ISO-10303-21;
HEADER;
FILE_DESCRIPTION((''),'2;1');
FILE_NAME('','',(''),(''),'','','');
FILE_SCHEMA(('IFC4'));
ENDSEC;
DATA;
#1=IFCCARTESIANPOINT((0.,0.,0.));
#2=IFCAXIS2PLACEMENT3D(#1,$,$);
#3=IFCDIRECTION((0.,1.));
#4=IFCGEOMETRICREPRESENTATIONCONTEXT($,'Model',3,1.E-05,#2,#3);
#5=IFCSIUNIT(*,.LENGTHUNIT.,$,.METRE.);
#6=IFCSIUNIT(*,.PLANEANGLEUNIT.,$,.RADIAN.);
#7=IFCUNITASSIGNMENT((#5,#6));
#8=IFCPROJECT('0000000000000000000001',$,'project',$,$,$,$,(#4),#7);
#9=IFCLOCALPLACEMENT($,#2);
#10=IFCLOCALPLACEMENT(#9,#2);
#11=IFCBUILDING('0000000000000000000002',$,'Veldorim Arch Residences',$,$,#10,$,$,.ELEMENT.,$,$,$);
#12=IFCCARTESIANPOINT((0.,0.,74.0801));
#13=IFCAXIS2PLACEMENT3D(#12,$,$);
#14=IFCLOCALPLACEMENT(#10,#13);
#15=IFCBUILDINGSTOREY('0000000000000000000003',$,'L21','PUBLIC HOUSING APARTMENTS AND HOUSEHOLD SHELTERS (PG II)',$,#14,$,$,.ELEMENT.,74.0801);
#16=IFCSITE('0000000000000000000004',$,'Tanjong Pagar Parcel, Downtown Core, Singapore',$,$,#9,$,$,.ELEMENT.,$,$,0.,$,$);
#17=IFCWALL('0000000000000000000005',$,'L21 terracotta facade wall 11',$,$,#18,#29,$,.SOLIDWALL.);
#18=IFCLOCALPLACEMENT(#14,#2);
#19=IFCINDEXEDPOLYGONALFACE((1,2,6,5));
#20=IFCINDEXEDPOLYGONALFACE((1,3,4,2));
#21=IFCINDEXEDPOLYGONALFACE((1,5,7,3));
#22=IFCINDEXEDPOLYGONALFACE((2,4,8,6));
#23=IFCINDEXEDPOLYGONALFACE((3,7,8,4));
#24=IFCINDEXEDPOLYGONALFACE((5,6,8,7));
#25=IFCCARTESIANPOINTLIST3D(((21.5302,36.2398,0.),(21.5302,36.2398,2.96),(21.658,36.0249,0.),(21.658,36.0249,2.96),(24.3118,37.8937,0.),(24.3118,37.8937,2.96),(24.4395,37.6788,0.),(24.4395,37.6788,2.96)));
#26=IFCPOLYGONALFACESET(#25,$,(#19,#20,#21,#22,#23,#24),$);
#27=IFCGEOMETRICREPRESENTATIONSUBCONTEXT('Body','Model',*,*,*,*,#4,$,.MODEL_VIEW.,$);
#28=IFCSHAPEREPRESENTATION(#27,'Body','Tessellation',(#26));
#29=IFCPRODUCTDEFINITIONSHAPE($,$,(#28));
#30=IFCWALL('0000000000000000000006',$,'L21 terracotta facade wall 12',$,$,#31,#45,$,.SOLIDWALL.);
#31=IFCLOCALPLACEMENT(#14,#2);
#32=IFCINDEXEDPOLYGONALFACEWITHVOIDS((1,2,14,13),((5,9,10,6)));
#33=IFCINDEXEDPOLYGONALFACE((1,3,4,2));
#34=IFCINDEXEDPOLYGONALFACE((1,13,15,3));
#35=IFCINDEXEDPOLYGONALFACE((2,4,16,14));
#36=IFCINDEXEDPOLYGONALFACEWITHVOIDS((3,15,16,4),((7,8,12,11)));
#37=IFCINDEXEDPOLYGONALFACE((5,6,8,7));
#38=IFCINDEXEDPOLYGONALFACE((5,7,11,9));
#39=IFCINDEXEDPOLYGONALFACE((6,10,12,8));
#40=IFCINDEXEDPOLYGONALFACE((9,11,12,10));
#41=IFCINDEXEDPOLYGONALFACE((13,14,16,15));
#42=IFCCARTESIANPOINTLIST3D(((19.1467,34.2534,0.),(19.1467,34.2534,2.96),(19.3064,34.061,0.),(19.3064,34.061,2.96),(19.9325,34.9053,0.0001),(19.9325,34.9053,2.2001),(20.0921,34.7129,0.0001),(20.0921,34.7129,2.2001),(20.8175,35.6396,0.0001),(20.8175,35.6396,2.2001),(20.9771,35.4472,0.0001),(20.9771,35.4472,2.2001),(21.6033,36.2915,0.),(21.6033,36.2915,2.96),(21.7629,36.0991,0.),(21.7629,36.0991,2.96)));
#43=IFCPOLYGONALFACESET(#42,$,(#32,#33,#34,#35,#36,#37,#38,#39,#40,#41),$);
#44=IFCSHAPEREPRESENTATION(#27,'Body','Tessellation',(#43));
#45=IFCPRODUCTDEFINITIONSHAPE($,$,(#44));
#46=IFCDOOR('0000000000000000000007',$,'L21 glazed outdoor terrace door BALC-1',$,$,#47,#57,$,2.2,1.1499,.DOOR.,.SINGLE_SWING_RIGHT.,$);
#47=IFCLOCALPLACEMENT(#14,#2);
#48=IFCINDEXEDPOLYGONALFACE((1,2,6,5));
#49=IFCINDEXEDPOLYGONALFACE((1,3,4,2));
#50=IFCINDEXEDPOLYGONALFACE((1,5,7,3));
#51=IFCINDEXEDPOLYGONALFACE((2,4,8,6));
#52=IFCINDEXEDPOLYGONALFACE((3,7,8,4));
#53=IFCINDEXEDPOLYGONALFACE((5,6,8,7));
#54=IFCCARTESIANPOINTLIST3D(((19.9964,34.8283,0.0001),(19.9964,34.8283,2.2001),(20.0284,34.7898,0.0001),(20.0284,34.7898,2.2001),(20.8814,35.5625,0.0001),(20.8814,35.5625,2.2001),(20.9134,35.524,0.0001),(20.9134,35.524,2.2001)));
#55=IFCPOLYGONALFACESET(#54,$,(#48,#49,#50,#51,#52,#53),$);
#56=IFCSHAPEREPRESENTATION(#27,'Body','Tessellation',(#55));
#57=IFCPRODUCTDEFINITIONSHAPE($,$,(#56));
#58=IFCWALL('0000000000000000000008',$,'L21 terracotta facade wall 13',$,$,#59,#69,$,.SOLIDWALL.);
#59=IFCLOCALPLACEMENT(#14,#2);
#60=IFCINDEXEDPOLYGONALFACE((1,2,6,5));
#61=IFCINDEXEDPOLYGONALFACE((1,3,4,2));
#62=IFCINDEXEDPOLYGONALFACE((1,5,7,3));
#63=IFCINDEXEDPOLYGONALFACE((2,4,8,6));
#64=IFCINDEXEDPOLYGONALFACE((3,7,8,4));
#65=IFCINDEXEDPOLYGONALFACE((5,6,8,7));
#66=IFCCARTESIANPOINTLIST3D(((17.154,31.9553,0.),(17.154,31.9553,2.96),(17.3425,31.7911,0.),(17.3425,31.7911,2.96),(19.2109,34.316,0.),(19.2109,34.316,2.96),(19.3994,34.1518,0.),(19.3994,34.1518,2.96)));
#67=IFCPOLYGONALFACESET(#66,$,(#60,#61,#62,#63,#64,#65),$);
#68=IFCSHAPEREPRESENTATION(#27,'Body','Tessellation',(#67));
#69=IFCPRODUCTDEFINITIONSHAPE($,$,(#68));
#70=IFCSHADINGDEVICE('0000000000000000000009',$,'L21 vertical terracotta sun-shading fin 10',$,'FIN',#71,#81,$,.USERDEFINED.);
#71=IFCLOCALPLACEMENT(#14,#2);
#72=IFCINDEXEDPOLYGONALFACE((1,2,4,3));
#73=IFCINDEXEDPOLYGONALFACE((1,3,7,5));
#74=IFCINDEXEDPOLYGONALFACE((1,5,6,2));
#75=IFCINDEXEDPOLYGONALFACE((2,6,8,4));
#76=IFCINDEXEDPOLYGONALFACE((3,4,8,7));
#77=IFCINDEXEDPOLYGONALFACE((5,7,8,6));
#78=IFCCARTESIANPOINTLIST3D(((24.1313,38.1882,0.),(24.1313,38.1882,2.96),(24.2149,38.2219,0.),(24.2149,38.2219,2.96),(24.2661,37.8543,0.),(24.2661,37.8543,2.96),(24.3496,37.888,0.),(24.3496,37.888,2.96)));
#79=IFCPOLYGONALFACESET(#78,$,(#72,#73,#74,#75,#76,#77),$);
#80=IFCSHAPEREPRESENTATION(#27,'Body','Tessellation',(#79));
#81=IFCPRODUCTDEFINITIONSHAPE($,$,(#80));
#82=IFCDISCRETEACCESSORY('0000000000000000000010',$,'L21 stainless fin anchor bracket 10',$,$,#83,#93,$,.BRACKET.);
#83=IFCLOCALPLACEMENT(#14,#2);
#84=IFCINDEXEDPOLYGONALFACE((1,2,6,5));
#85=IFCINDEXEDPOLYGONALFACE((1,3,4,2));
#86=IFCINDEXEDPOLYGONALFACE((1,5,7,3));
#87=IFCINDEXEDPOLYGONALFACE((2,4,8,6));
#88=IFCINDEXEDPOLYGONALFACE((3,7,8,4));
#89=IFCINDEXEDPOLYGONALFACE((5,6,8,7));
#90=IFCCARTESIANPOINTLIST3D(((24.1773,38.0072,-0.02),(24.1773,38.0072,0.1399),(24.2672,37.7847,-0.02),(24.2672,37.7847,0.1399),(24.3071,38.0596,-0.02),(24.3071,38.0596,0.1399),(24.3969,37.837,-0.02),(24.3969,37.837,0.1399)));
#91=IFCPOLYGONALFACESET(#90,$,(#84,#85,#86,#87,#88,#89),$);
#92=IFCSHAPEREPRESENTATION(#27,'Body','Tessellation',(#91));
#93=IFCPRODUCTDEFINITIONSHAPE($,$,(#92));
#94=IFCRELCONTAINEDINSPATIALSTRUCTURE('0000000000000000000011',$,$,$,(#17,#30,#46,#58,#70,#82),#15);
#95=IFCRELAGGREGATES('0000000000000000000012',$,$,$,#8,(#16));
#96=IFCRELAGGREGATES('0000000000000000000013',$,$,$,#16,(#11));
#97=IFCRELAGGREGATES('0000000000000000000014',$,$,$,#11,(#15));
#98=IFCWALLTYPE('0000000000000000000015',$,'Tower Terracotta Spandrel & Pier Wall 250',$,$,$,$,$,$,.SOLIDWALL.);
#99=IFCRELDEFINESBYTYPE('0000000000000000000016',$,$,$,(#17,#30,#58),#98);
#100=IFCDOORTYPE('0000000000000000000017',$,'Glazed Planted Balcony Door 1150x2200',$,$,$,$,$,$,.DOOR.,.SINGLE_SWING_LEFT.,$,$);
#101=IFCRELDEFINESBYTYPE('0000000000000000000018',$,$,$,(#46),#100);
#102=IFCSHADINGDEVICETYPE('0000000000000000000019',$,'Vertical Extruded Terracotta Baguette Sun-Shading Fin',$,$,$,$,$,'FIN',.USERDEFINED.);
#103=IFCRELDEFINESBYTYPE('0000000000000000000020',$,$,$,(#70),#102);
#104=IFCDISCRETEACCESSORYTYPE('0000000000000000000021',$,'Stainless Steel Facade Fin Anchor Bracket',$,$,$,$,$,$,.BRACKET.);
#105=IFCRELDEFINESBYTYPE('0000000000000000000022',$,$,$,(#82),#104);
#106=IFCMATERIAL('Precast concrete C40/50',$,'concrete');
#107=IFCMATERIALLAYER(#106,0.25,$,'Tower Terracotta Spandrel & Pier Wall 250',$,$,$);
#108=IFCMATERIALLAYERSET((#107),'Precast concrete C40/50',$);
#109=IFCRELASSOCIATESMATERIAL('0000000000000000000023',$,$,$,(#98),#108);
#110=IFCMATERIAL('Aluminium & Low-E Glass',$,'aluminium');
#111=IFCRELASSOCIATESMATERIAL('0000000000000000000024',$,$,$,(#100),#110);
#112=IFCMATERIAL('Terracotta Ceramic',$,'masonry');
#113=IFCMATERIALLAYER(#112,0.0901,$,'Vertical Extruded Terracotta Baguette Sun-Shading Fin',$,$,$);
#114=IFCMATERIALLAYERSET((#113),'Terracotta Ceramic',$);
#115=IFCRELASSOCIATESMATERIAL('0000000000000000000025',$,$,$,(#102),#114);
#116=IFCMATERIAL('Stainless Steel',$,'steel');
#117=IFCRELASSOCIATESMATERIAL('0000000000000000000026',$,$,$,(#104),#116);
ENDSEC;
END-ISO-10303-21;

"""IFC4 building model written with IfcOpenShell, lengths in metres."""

from ifc_helpers import new_model, si_unit, direction, frame, frame_2d, origin, origin_2d, place, context, subcontext, project, spatial, rectangle, extrude, material, layer, layer_set, type_object, element, fill, save


model = new_model("IFC4")

# Units and contexts
model_context = context("Model", 3, precision=1e-05, world=origin(), true_north=direction((0.0, 1.0)))
body_context = subcontext(model_context, "Body", "Model", "MODEL_VIEW")
ifc_project = project(units=[si_unit("LENGTHUNIT", "METRE"), si_unit("PLANEANGLEUNIT", "RADIAN")], contexts=[model_context])

# Site, building, storey
site_placement = place(None, origin())
site = spatial("IfcSite", under=ifc_project, at=site_placement, Name="Tanjong Pagar Parcel, Downtown Core, Singapore", CompositionType="ELEMENT", RefElevation=0.0)
building_placement = place(site_placement, origin())
building = spatial("IfcBuilding", under=site, at=building_placement, Name="Veldorim Arch Residences", CompositionType="ELEMENT")
storey_placement = place(building_placement, frame((0.0, 0.0, 74.0801)))
storey = spatial("IfcBuildingStorey", under=building, at=storey_placement, Name="L21", Description="PUBLIC HOUSING APARTMENTS AND HOUSEHOLD SHELTERS (PG II)", CompositionType="ELEMENT", Elevation=74.0801)

# Wall
ifc_material_1 = material(Name="Precast concrete C40/50", Category="concrete")
ifc_layer_1 = layer(ifc_material_1, 0.25, Name="Tower Terracotta Spandrel & Pier Wall 250")
ifc_layer_set_1 = layer_set([ifc_layer_1], Name="Precast concrete C40/50")
wall_type_1 = type_object("IfcWallType", Name="Tower Terracotta Spandrel & Pier Wall 250", PredefinedType="SOLIDWALL", material=ifc_layer_set_1)
wall_1_placement = place(storey_placement, frame((21.594, 36.1323, 0.0), z_axis=(0.0, 0.0, 1.0), x_axis=(0.859543, 0.511063, 0.0)))
element("IfcWall", 1, at=wall_1_placement, inside=storey, type_object=wall_type_1, Name="L21 terracotta facade wall 11", PredefinedType="SOLIDWALL", context=body_context, shape_type="SweptSolid", body=[
    extrude(rectangle(XDim=3.2361, YDim=0.25, at=frame_2d((1.6182, 0.0))), origin(), (0.0, 0.0, 1.0), 2.96),
])

# Wall, opening, door
wall_2_placement = place(storey_placement, frame((19.2266, 34.1572, 0.0), z_axis=(0.0, 0.0, 1.0), x_axis=(0.769611, 0.638513, 0.0)))
wall_2 = element("IfcWall", 2, at=wall_2_placement, inside=storey, type_object=wall_type_1, Name="L21 terracotta facade wall 12", PredefinedType="SOLIDWALL", context=body_context, shape_type="SweptSolid", body=[
    extrude(rectangle(XDim=3.1919, YDim=0.25, at=frame_2d((1.5959, 0.0))), origin(), (0.0, 0.0, 1.0), 2.96),
])
opening_1_placement = place(wall_2_placement, frame((1.021, 0.0, 0.0)))
opening_1 = element("IfcOpeningElement", 3, at=opening_1_placement, cuts=wall_2, PredefinedType="OPENING", context=body_context, shape_type="SweptSolid", body=[
    extrude(rectangle(XDim=1.1499, YDim=2.2, at=frame_2d((0.575, 1.1001))), frame((0.0, 0.135, 0.0), z_axis=(0.0, -1.0, 0.0), x_axis=(1.0, 0.0, 0.0)), (0.0, 0.0, 1.0), 0.27),
])
ifc_material_2 = material(Name="Aluminium & Low-E Glass", Category="aluminium")
door_type_1 = type_object("IfcDoorType", Name="Glazed Planted Balcony Door 1150x2200", OperationType="SINGLE_SWING_LEFT", PredefinedType="DOOR", material=ifc_material_2)
door_1_placement = place(opening_1_placement, origin())
door_1 = element("IfcDoor", 4, at=door_1_placement, inside=storey, type_object=door_type_1, Name="L21 glazed outdoor terrace door BALC-1", OperationType="SINGLE_SWING_RIGHT", OverallHeight=2.2, OverallWidth=1.1499, PredefinedType="DOOR", context=body_context, shape_type="SweptSolid", body=[
    extrude(rectangle(XDim=1.1499, YDim=2.2, at=frame_2d((0.575, 1.1001))), frame((0.0, 0.0249, 0.0), z_axis=(0.0, -1.0, 0.0), x_axis=(1.0, 0.0, 0.0)), (0.0, 0.0, 1.0), 0.05),
])
fill(opening_1, door_1)

# Wall
wall_3_placement = place(storey_placement, frame((17.2483, 31.8733, 0.0), z_axis=(0.0, 0.0, 1.0), x_axis=(0.656941, 0.753942, 0.0)))
element("IfcWall", 5, at=wall_3_placement, inside=storey, type_object=wall_type_1, Name="L21 terracotta facade wall 13", PredefinedType="SOLIDWALL", context=body_context, shape_type="SweptSolid", body=[
    extrude(rectangle(XDim=3.1311, YDim=0.25, at=frame_2d((1.5654, 0.0))), origin(), (0.0, 0.0, 1.0), 2.96),
])

# Shading device
ifc_material_3 = material(Name="Terracotta Ceramic", Category="masonry")
ifc_layer_2 = layer(ifc_material_3, 0.0901, Name="Vertical Extruded Terracotta Baguette Sun-Shading Fin")
ifc_layer_set_2 = layer_set([ifc_layer_2], Name="Terracotta Ceramic")
shading_device_type = type_object("IfcShadingDeviceType", Name="Vertical Extruded Terracotta Baguette Sun-Shading Fin", ElementType="FIN", PredefinedType="USERDEFINED", material=ifc_layer_set_2)
shading_device_placement = place(storey_placement, frame((24.2405, 38.0381, 0.0), z_axis=(0.0, 0.0, 1.0), x_axis=(0.927315, 0.374283, 0.0)))
element("IfcShadingDevice", 6, at=shading_device_placement, inside=storey, type_object=shading_device_type, Name="L21 vertical terracotta sun-shading fin 10", ObjectType="FIN", PredefinedType="USERDEFINED", context=body_context, shape_type="SweptSolid", body=[
    extrude(rectangle(XDim=0.0901, YDim=0.3601, at=origin_2d()), origin(), (0.0, 0.0, 1.0), 2.96),
])

# Discrete accessory
ifc_material_4 = material(Name="Stainless Steel", Category="steel")
discrete_accessory_type = type_object("IfcDiscreteAccessoryType", Name="Stainless Steel Facade Fin Anchor Bracket", PredefinedType="BRACKET", material=ifc_material_4)
discrete_accessory_placement = place(storey_placement, frame((24.2871, 37.9221, -0.02), z_axis=(0.0, 0.0, 1.0), x_axis=(0.927315, 0.374283, 0.0)))
element("IfcDiscreteAccessory", 7, at=discrete_accessory_placement, inside=storey, type_object=discrete_accessory_type, Name="L21 stainless fin anchor bracket 10", PredefinedType="BRACKET", context=body_context, shape_type="SweptSolid", body=[
    extrude(rectangle(XDim=0.1399, YDim=0.24, at=origin_2d()), origin(), (0.0, 0.0, 1.0), 0.1599),
])

save(model, "model.ifc")
